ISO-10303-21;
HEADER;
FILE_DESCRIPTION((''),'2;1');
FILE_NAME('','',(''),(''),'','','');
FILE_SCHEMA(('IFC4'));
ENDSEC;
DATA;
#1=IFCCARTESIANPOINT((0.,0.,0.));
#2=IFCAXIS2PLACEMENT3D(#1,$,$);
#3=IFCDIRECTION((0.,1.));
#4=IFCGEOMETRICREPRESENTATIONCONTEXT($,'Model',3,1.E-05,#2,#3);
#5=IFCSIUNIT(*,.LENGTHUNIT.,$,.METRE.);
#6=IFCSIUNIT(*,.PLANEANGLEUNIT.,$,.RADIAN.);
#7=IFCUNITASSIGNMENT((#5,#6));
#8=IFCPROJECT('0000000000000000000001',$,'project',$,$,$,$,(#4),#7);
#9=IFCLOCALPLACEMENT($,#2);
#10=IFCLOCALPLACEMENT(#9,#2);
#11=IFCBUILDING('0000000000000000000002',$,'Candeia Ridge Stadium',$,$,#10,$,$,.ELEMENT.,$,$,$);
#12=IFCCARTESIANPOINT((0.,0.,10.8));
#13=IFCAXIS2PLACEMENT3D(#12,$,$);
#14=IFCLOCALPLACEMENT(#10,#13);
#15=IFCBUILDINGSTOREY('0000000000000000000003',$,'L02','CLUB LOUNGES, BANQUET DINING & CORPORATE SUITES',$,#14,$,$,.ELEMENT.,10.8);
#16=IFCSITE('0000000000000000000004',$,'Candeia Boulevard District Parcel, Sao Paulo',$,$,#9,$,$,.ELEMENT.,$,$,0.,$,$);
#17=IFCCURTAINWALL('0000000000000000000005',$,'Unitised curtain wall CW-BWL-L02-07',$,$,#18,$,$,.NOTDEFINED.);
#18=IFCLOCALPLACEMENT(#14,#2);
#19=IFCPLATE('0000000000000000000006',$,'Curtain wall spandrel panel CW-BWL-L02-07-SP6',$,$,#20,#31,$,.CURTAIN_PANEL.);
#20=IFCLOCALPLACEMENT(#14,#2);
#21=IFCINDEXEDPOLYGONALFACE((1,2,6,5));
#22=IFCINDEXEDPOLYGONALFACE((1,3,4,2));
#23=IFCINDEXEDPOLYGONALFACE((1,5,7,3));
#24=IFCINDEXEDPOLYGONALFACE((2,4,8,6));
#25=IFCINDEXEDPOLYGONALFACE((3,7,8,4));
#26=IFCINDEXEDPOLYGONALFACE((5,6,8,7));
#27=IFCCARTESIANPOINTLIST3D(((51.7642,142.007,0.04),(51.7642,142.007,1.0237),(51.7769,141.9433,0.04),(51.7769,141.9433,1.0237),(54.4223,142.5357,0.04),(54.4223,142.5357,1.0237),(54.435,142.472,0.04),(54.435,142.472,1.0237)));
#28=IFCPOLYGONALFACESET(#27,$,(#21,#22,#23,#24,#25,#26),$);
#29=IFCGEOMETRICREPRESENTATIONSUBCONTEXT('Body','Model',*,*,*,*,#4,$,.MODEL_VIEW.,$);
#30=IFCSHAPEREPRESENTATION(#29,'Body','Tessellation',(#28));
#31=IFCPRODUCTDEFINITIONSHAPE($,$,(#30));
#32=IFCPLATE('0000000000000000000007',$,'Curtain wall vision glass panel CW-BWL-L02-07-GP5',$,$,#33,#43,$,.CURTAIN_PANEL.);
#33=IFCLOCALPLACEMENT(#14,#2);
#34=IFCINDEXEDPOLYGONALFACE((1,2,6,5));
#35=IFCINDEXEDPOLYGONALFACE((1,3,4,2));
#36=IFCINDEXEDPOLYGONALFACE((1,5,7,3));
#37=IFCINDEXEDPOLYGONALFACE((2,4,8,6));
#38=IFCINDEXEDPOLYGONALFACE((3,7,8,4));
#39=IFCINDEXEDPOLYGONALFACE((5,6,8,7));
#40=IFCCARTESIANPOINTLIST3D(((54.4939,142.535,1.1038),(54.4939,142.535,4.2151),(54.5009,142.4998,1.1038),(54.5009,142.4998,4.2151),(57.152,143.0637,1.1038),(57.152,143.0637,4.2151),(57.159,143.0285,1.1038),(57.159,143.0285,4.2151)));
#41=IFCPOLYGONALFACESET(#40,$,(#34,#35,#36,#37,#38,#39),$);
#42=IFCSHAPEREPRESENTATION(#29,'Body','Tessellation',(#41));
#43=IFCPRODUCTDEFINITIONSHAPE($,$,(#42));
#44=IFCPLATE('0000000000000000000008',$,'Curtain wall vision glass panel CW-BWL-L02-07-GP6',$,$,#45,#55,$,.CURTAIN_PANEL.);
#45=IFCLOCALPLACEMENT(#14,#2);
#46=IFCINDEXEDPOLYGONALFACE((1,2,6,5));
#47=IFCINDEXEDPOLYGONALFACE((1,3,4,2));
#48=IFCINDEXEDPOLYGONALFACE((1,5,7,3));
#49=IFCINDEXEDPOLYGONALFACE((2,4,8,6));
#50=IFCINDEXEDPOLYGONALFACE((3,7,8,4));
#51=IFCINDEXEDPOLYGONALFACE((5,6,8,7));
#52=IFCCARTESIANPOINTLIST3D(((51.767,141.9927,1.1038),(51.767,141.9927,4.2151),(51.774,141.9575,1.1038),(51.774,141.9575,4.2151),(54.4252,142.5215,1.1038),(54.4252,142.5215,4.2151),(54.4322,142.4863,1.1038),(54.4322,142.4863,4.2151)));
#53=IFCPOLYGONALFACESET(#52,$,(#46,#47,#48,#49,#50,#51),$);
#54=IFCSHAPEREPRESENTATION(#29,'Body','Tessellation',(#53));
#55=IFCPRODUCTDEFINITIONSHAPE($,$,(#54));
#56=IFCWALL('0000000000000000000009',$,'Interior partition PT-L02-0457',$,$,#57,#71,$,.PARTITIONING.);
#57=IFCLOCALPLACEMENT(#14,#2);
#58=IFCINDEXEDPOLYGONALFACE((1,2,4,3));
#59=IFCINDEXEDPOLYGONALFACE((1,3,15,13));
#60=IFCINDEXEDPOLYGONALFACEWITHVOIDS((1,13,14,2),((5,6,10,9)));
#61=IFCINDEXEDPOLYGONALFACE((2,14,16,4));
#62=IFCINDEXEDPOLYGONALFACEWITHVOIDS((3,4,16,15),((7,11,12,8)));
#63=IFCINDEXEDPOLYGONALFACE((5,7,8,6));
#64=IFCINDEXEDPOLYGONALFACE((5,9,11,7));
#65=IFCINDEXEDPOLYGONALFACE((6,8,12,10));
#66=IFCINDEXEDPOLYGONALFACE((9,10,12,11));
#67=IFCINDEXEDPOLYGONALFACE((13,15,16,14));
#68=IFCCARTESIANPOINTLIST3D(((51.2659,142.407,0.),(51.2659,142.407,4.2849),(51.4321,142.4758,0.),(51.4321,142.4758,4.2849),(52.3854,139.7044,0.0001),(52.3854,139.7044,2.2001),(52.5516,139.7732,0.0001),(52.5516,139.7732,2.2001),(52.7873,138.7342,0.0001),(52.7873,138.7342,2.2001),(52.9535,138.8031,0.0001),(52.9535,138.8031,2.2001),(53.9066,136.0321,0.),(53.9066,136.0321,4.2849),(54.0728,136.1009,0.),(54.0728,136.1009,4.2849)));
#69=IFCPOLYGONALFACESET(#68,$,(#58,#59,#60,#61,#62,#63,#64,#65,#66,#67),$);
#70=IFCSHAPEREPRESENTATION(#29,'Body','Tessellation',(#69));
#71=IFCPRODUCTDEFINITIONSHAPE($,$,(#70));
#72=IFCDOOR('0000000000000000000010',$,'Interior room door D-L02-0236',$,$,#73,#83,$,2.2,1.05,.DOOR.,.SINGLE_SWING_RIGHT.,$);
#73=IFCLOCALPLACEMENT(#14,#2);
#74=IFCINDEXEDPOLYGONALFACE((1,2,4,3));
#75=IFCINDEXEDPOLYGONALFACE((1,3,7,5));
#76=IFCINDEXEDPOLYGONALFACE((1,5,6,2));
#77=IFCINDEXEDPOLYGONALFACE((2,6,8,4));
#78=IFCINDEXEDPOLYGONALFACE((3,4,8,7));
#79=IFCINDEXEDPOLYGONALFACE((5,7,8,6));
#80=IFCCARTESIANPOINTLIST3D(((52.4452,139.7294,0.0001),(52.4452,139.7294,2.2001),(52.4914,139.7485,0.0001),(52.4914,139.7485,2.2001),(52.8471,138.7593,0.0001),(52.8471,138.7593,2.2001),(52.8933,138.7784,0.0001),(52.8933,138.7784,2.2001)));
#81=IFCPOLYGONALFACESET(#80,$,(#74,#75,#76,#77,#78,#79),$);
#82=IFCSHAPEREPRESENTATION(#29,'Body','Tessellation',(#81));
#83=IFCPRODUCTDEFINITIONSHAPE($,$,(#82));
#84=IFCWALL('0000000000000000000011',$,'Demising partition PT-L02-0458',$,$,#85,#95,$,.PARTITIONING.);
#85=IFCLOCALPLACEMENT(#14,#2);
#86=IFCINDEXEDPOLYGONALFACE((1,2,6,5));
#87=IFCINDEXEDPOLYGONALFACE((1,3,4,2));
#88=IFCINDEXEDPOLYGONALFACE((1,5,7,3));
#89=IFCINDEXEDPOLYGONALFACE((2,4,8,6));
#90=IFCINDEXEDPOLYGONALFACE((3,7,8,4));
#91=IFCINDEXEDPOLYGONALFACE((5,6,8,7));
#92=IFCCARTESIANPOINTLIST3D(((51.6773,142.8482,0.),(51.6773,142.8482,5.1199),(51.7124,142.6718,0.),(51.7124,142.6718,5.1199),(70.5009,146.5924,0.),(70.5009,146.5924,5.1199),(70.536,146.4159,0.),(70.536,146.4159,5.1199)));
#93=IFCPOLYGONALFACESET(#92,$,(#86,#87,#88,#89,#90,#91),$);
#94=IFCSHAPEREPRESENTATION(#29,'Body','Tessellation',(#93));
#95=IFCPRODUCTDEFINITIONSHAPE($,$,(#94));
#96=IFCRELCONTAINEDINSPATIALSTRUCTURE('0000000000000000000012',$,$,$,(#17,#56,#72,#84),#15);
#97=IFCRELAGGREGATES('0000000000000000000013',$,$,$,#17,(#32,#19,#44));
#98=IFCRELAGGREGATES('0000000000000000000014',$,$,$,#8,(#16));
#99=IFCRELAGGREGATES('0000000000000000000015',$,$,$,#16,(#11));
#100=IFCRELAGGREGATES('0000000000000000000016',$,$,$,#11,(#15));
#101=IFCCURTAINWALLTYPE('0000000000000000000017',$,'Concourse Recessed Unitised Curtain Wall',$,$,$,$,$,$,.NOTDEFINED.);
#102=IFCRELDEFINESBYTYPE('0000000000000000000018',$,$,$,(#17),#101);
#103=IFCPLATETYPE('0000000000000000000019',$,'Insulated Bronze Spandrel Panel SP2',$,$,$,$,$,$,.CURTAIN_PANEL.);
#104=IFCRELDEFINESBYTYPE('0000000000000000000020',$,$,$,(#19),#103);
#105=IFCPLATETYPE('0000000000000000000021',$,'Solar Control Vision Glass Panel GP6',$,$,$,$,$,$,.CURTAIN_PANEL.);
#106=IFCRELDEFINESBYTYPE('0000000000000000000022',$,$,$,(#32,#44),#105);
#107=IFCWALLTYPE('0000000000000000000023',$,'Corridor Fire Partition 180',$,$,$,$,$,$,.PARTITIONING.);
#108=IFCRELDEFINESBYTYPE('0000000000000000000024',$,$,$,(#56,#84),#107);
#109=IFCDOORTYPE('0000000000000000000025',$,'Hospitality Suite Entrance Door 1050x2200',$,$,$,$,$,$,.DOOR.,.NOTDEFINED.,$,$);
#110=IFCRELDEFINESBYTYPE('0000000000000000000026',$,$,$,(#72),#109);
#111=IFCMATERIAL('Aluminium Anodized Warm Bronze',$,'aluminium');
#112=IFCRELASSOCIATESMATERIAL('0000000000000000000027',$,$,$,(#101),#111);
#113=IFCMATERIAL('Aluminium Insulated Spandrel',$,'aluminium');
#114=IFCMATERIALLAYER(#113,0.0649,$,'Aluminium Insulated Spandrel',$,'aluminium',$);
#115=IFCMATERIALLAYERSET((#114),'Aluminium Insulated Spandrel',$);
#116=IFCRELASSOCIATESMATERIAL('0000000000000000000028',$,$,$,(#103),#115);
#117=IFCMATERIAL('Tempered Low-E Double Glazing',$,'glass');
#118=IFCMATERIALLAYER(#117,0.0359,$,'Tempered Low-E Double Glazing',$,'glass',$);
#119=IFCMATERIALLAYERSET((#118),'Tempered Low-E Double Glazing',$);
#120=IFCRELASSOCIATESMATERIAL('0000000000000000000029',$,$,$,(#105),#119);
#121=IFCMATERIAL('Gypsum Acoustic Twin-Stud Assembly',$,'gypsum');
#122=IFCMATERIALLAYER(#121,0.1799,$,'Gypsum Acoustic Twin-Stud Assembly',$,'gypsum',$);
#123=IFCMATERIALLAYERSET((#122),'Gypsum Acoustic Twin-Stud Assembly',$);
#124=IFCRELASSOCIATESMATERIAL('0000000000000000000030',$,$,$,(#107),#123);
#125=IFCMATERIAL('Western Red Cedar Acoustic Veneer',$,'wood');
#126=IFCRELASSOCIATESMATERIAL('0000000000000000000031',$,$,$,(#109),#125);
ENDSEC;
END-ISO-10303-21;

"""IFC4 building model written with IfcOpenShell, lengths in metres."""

from ifc_helpers import new_model, si_unit, direction, frame, frame_2d, origin, origin_2d, place, context, subcontext, project, spatial, rectangle, extrude, material, layer, layer_set, type_object, element, fill, aggregate, save


model = new_model("IFC4")

# Units and contexts
model_context = context("Model", 3, precision=1e-05, world=origin(), true_north=direction((0.0, 1.0)))
body_context = subcontext(model_context, "Body", "Model", "MODEL_VIEW")
ifc_project = project(units=[si_unit("LENGTHUNIT", "METRE"), si_unit("PLANEANGLEUNIT", "RADIAN")], contexts=[model_context])

# Site, building, storey
site_placement = place(None, origin())
site = spatial("IfcSite", under=ifc_project, at=site_placement, Name="Candeia Boulevard District Parcel, Sao Paulo", CompositionType="ELEMENT", RefElevation=0.0)
building_placement = place(site_placement, origin())
building = spatial("IfcBuilding", under=site, at=building_placement, Name="Candeia Ridge Stadium", CompositionType="ELEMENT")
storey_placement = place(building_placement, frame((0.0, 0.0, 10.8)))
storey = spatial("IfcBuildingStorey", under=building, at=storey_placement, Name="L02", Description="CLUB LOUNGES, BANQUET DINING & CORPORATE SUITES", CompositionType="ELEMENT", Elevation=10.8)

# Curtain wall
ifc_material_1 = material(Name="Aluminium Anodized Warm Bronze", Category="aluminium")
curtain_wall_type = type_object("IfcCurtainWallType", Name="Concourse Recessed Unitised Curtain Wall", PredefinedType="NOTDEFINED", material=ifc_material_1)
curtain_wall_placement = place(storey_placement, origin())
curtain_wall = element("IfcCurtainWall", 1, at=curtain_wall_placement, inside=storey, type_object=curtain_wall_type, Name="Unitised curtain wall CW-BWL-L02-07", PredefinedType="NOTDEFINED")

# Plates
ifc_material_2 = material(Name="Aluminium Insulated Spandrel", Category="aluminium")
ifc_layer_1 = layer(ifc_material_2, 0.0649, Name="Aluminium Insulated Spandrel", Category="aluminium")
ifc_layer_set_1 = layer_set([ifc_layer_1], Name="Aluminium Insulated Spandrel")
plate_type_1 = type_object("IfcPlateType", Name="Insulated Bronze Spandrel Panel SP2", PredefinedType="CURTAIN_PANEL", material=ifc_layer_set_1)
plate_1_placement = place(storey_placement, frame((53.0996, 142.2395, 0.04), z_axis=(0.0, 0.0, 1.0), x_axis=(-0.980785, -0.19509, 0.0)))
plate_1 = element("IfcPlate", 2, at=plate_1_placement, type_object=plate_type_1, Name="Curtain wall spandrel panel CW-BWL-L02-07-SP6", PredefinedType="CURTAIN_PANEL", context=body_context, shape_type="SweptSolid", body=[
    extrude(rectangle(XDim=2.7102, YDim=0.0649, at=origin_2d()), origin(), (0.0, 0.0, 1.0), 0.9836),
])
ifc_material_3 = material(Name="Tempered Low-E Double Glazing", Category="glass")
ifc_layer_2 = layer(ifc_material_3, 0.0359, Name="Tempered Low-E Double Glazing", Category="glass")
ifc_layer_set_2 = layer_set([ifc_layer_2], Name="Tempered Low-E Double Glazing")
plate_type_2 = type_object("IfcPlateType", Name="Solar Control Vision Glass Panel GP6", PredefinedType="CURTAIN_PANEL", material=ifc_layer_set_2)
plate_2_placement = place(storey_placement, frame((55.8264, 142.7817, 1.1038), z_axis=(0.0, 0.0, 1.0), x_axis=(-0.980785, -0.19509, 0.0)))
plate_2 = element("IfcPlate", 3, at=plate_2_placement, type_object=plate_type_2, Name="Curtain wall vision glass panel CW-BWL-L02-07-GP5", PredefinedType="CURTAIN_PANEL", context=body_context, shape_type="SweptSolid", body=[
    extrude(rectangle(XDim=2.7102, YDim=0.0359, at=origin_2d()), origin(), (0.0, 0.0, 1.0), 3.1113),
])
plate_3_placement = place(storey_placement, frame((53.0996, 142.2395, 1.1038), z_axis=(0.0, 0.0, 1.0), x_axis=(-0.980785, -0.19509, 0.0)))
plate_3 = element("IfcPlate", 4, at=plate_3_placement, type_object=plate_type_2, Name="Curtain wall vision glass panel CW-BWL-L02-07-GP6", PredefinedType="CURTAIN_PANEL", context=body_context, shape_type="SweptSolid", body=[
    extrude(rectangle(XDim=2.7102, YDim=0.0359, at=origin_2d()), origin(), (0.0, 0.0, 1.0), 3.1113),
])
aggregate(curtain_wall, [plate_2, plate_1, plate_3])

# Wall, opening, door
ifc_material_4 = material(Name="Gypsum Acoustic Twin-Stud Assembly", Category="gypsum")
ifc_layer_3 = layer(ifc_material_4, 0.1799, Name="Gypsum Acoustic Twin-Stud Assembly", Category="gypsum")
ifc_layer_set_3 = layer_set([ifc_layer_3], Name="Gypsum Acoustic Twin-Stud Assembly")
wall_type = type_object("IfcWallType", Name="Corridor Fire Partition 180", PredefinedType="PARTITIONING", material=ifc_layer_set_3)
wall_1_placement = place(storey_placement, frame((53.9897, 136.0664, 0.0), z_axis=(0.0, 0.0, 1.0), x_axis=(-0.382698, 0.923874, 0.0)))
wall_1 = element("IfcWall", 5, at=wall_1_placement, inside=storey, type_object=wall_type, Name="Interior partition PT-L02-0457", PredefinedType="PARTITIONING", context=body_context, shape_type="SweptSolid", body=[
    extrude(rectangle(XDim=6.9001, YDim=0.1799, at=frame_2d((3.4502, 0.0))), origin(), (0.0, 0.0, 1.0), 4.2849),
])
opening_placement = place(wall_1_placement, frame((2.925, 0.0, 0.0)))
opening = element("IfcOpeningElement", 6, at=opening_placement, cuts=wall_1, PredefinedType="OPENING", context=body_context, shape_type="SweptSolid", body=[
    extrude(rectangle(XDim=1.05, YDim=2.2, at=frame_2d((0.5249, 1.1001))), frame((0.0, 0.0999, 0.0), z_axis=(0.0, -1.0, 0.0), x_axis=(1.0, 0.0, 0.0)), (0.0, 0.0, 1.0), 0.2),
])
ifc_material_5 = material(Name="Western Red Cedar Acoustic Veneer", Category="wood")
door_type = type_object("IfcDoorType", Name="Hospitality Suite Entrance Door 1050x2200", OperationType="NOTDEFINED", PredefinedType="DOOR", material=ifc_material_5)
door_placement = place(opening_placement, frame((1.05, 0.0, 0.0), z_axis=(0.0, 0.0, 1.0), x_axis=(-1.0, 0.0, 0.0)))
door = element("IfcDoor", 7, at=door_placement, inside=storey, type_object=door_type, Name="Interior room door D-L02-0236", OperationType="SINGLE_SWING_RIGHT", OverallHeight=2.2, OverallWidth=1.05, PredefinedType="DOOR", context=body_context, shape_type="SweptSolid", body=[
    extrude(rectangle(XDim=1.05, YDim=2.2, at=frame_2d((0.5249, 1.1001))), frame((0.0, 0.0249, 0.0), z_axis=(0.0, -1.0, 0.0), x_axis=(1.0, 0.0, 0.0)), (0.0, 0.0, 1.0), 0.05),
])
fill(opening, door)

# Wall
wall_2_placement = place(storey_placement, frame((51.6948, 142.76, 0.0), z_axis=(0.0, 0.0, 1.0), x_axis=(0.980787, 0.195084, 0.0)))
element("IfcWall", 8, at=wall_2_placement, inside=storey, type_object=wall_type, Name="Demising partition PT-L02-0458", PredefinedType="PARTITIONING", context=body_context, shape_type="SweptSolid", body=[
    extrude(rectangle(XDim=19.1924, YDim=0.1799, at=frame_2d((9.5962, 0.0))), origin(), (0.0, 0.0, 1.0), 5.1199),
])

save(model, "model.ifc")
